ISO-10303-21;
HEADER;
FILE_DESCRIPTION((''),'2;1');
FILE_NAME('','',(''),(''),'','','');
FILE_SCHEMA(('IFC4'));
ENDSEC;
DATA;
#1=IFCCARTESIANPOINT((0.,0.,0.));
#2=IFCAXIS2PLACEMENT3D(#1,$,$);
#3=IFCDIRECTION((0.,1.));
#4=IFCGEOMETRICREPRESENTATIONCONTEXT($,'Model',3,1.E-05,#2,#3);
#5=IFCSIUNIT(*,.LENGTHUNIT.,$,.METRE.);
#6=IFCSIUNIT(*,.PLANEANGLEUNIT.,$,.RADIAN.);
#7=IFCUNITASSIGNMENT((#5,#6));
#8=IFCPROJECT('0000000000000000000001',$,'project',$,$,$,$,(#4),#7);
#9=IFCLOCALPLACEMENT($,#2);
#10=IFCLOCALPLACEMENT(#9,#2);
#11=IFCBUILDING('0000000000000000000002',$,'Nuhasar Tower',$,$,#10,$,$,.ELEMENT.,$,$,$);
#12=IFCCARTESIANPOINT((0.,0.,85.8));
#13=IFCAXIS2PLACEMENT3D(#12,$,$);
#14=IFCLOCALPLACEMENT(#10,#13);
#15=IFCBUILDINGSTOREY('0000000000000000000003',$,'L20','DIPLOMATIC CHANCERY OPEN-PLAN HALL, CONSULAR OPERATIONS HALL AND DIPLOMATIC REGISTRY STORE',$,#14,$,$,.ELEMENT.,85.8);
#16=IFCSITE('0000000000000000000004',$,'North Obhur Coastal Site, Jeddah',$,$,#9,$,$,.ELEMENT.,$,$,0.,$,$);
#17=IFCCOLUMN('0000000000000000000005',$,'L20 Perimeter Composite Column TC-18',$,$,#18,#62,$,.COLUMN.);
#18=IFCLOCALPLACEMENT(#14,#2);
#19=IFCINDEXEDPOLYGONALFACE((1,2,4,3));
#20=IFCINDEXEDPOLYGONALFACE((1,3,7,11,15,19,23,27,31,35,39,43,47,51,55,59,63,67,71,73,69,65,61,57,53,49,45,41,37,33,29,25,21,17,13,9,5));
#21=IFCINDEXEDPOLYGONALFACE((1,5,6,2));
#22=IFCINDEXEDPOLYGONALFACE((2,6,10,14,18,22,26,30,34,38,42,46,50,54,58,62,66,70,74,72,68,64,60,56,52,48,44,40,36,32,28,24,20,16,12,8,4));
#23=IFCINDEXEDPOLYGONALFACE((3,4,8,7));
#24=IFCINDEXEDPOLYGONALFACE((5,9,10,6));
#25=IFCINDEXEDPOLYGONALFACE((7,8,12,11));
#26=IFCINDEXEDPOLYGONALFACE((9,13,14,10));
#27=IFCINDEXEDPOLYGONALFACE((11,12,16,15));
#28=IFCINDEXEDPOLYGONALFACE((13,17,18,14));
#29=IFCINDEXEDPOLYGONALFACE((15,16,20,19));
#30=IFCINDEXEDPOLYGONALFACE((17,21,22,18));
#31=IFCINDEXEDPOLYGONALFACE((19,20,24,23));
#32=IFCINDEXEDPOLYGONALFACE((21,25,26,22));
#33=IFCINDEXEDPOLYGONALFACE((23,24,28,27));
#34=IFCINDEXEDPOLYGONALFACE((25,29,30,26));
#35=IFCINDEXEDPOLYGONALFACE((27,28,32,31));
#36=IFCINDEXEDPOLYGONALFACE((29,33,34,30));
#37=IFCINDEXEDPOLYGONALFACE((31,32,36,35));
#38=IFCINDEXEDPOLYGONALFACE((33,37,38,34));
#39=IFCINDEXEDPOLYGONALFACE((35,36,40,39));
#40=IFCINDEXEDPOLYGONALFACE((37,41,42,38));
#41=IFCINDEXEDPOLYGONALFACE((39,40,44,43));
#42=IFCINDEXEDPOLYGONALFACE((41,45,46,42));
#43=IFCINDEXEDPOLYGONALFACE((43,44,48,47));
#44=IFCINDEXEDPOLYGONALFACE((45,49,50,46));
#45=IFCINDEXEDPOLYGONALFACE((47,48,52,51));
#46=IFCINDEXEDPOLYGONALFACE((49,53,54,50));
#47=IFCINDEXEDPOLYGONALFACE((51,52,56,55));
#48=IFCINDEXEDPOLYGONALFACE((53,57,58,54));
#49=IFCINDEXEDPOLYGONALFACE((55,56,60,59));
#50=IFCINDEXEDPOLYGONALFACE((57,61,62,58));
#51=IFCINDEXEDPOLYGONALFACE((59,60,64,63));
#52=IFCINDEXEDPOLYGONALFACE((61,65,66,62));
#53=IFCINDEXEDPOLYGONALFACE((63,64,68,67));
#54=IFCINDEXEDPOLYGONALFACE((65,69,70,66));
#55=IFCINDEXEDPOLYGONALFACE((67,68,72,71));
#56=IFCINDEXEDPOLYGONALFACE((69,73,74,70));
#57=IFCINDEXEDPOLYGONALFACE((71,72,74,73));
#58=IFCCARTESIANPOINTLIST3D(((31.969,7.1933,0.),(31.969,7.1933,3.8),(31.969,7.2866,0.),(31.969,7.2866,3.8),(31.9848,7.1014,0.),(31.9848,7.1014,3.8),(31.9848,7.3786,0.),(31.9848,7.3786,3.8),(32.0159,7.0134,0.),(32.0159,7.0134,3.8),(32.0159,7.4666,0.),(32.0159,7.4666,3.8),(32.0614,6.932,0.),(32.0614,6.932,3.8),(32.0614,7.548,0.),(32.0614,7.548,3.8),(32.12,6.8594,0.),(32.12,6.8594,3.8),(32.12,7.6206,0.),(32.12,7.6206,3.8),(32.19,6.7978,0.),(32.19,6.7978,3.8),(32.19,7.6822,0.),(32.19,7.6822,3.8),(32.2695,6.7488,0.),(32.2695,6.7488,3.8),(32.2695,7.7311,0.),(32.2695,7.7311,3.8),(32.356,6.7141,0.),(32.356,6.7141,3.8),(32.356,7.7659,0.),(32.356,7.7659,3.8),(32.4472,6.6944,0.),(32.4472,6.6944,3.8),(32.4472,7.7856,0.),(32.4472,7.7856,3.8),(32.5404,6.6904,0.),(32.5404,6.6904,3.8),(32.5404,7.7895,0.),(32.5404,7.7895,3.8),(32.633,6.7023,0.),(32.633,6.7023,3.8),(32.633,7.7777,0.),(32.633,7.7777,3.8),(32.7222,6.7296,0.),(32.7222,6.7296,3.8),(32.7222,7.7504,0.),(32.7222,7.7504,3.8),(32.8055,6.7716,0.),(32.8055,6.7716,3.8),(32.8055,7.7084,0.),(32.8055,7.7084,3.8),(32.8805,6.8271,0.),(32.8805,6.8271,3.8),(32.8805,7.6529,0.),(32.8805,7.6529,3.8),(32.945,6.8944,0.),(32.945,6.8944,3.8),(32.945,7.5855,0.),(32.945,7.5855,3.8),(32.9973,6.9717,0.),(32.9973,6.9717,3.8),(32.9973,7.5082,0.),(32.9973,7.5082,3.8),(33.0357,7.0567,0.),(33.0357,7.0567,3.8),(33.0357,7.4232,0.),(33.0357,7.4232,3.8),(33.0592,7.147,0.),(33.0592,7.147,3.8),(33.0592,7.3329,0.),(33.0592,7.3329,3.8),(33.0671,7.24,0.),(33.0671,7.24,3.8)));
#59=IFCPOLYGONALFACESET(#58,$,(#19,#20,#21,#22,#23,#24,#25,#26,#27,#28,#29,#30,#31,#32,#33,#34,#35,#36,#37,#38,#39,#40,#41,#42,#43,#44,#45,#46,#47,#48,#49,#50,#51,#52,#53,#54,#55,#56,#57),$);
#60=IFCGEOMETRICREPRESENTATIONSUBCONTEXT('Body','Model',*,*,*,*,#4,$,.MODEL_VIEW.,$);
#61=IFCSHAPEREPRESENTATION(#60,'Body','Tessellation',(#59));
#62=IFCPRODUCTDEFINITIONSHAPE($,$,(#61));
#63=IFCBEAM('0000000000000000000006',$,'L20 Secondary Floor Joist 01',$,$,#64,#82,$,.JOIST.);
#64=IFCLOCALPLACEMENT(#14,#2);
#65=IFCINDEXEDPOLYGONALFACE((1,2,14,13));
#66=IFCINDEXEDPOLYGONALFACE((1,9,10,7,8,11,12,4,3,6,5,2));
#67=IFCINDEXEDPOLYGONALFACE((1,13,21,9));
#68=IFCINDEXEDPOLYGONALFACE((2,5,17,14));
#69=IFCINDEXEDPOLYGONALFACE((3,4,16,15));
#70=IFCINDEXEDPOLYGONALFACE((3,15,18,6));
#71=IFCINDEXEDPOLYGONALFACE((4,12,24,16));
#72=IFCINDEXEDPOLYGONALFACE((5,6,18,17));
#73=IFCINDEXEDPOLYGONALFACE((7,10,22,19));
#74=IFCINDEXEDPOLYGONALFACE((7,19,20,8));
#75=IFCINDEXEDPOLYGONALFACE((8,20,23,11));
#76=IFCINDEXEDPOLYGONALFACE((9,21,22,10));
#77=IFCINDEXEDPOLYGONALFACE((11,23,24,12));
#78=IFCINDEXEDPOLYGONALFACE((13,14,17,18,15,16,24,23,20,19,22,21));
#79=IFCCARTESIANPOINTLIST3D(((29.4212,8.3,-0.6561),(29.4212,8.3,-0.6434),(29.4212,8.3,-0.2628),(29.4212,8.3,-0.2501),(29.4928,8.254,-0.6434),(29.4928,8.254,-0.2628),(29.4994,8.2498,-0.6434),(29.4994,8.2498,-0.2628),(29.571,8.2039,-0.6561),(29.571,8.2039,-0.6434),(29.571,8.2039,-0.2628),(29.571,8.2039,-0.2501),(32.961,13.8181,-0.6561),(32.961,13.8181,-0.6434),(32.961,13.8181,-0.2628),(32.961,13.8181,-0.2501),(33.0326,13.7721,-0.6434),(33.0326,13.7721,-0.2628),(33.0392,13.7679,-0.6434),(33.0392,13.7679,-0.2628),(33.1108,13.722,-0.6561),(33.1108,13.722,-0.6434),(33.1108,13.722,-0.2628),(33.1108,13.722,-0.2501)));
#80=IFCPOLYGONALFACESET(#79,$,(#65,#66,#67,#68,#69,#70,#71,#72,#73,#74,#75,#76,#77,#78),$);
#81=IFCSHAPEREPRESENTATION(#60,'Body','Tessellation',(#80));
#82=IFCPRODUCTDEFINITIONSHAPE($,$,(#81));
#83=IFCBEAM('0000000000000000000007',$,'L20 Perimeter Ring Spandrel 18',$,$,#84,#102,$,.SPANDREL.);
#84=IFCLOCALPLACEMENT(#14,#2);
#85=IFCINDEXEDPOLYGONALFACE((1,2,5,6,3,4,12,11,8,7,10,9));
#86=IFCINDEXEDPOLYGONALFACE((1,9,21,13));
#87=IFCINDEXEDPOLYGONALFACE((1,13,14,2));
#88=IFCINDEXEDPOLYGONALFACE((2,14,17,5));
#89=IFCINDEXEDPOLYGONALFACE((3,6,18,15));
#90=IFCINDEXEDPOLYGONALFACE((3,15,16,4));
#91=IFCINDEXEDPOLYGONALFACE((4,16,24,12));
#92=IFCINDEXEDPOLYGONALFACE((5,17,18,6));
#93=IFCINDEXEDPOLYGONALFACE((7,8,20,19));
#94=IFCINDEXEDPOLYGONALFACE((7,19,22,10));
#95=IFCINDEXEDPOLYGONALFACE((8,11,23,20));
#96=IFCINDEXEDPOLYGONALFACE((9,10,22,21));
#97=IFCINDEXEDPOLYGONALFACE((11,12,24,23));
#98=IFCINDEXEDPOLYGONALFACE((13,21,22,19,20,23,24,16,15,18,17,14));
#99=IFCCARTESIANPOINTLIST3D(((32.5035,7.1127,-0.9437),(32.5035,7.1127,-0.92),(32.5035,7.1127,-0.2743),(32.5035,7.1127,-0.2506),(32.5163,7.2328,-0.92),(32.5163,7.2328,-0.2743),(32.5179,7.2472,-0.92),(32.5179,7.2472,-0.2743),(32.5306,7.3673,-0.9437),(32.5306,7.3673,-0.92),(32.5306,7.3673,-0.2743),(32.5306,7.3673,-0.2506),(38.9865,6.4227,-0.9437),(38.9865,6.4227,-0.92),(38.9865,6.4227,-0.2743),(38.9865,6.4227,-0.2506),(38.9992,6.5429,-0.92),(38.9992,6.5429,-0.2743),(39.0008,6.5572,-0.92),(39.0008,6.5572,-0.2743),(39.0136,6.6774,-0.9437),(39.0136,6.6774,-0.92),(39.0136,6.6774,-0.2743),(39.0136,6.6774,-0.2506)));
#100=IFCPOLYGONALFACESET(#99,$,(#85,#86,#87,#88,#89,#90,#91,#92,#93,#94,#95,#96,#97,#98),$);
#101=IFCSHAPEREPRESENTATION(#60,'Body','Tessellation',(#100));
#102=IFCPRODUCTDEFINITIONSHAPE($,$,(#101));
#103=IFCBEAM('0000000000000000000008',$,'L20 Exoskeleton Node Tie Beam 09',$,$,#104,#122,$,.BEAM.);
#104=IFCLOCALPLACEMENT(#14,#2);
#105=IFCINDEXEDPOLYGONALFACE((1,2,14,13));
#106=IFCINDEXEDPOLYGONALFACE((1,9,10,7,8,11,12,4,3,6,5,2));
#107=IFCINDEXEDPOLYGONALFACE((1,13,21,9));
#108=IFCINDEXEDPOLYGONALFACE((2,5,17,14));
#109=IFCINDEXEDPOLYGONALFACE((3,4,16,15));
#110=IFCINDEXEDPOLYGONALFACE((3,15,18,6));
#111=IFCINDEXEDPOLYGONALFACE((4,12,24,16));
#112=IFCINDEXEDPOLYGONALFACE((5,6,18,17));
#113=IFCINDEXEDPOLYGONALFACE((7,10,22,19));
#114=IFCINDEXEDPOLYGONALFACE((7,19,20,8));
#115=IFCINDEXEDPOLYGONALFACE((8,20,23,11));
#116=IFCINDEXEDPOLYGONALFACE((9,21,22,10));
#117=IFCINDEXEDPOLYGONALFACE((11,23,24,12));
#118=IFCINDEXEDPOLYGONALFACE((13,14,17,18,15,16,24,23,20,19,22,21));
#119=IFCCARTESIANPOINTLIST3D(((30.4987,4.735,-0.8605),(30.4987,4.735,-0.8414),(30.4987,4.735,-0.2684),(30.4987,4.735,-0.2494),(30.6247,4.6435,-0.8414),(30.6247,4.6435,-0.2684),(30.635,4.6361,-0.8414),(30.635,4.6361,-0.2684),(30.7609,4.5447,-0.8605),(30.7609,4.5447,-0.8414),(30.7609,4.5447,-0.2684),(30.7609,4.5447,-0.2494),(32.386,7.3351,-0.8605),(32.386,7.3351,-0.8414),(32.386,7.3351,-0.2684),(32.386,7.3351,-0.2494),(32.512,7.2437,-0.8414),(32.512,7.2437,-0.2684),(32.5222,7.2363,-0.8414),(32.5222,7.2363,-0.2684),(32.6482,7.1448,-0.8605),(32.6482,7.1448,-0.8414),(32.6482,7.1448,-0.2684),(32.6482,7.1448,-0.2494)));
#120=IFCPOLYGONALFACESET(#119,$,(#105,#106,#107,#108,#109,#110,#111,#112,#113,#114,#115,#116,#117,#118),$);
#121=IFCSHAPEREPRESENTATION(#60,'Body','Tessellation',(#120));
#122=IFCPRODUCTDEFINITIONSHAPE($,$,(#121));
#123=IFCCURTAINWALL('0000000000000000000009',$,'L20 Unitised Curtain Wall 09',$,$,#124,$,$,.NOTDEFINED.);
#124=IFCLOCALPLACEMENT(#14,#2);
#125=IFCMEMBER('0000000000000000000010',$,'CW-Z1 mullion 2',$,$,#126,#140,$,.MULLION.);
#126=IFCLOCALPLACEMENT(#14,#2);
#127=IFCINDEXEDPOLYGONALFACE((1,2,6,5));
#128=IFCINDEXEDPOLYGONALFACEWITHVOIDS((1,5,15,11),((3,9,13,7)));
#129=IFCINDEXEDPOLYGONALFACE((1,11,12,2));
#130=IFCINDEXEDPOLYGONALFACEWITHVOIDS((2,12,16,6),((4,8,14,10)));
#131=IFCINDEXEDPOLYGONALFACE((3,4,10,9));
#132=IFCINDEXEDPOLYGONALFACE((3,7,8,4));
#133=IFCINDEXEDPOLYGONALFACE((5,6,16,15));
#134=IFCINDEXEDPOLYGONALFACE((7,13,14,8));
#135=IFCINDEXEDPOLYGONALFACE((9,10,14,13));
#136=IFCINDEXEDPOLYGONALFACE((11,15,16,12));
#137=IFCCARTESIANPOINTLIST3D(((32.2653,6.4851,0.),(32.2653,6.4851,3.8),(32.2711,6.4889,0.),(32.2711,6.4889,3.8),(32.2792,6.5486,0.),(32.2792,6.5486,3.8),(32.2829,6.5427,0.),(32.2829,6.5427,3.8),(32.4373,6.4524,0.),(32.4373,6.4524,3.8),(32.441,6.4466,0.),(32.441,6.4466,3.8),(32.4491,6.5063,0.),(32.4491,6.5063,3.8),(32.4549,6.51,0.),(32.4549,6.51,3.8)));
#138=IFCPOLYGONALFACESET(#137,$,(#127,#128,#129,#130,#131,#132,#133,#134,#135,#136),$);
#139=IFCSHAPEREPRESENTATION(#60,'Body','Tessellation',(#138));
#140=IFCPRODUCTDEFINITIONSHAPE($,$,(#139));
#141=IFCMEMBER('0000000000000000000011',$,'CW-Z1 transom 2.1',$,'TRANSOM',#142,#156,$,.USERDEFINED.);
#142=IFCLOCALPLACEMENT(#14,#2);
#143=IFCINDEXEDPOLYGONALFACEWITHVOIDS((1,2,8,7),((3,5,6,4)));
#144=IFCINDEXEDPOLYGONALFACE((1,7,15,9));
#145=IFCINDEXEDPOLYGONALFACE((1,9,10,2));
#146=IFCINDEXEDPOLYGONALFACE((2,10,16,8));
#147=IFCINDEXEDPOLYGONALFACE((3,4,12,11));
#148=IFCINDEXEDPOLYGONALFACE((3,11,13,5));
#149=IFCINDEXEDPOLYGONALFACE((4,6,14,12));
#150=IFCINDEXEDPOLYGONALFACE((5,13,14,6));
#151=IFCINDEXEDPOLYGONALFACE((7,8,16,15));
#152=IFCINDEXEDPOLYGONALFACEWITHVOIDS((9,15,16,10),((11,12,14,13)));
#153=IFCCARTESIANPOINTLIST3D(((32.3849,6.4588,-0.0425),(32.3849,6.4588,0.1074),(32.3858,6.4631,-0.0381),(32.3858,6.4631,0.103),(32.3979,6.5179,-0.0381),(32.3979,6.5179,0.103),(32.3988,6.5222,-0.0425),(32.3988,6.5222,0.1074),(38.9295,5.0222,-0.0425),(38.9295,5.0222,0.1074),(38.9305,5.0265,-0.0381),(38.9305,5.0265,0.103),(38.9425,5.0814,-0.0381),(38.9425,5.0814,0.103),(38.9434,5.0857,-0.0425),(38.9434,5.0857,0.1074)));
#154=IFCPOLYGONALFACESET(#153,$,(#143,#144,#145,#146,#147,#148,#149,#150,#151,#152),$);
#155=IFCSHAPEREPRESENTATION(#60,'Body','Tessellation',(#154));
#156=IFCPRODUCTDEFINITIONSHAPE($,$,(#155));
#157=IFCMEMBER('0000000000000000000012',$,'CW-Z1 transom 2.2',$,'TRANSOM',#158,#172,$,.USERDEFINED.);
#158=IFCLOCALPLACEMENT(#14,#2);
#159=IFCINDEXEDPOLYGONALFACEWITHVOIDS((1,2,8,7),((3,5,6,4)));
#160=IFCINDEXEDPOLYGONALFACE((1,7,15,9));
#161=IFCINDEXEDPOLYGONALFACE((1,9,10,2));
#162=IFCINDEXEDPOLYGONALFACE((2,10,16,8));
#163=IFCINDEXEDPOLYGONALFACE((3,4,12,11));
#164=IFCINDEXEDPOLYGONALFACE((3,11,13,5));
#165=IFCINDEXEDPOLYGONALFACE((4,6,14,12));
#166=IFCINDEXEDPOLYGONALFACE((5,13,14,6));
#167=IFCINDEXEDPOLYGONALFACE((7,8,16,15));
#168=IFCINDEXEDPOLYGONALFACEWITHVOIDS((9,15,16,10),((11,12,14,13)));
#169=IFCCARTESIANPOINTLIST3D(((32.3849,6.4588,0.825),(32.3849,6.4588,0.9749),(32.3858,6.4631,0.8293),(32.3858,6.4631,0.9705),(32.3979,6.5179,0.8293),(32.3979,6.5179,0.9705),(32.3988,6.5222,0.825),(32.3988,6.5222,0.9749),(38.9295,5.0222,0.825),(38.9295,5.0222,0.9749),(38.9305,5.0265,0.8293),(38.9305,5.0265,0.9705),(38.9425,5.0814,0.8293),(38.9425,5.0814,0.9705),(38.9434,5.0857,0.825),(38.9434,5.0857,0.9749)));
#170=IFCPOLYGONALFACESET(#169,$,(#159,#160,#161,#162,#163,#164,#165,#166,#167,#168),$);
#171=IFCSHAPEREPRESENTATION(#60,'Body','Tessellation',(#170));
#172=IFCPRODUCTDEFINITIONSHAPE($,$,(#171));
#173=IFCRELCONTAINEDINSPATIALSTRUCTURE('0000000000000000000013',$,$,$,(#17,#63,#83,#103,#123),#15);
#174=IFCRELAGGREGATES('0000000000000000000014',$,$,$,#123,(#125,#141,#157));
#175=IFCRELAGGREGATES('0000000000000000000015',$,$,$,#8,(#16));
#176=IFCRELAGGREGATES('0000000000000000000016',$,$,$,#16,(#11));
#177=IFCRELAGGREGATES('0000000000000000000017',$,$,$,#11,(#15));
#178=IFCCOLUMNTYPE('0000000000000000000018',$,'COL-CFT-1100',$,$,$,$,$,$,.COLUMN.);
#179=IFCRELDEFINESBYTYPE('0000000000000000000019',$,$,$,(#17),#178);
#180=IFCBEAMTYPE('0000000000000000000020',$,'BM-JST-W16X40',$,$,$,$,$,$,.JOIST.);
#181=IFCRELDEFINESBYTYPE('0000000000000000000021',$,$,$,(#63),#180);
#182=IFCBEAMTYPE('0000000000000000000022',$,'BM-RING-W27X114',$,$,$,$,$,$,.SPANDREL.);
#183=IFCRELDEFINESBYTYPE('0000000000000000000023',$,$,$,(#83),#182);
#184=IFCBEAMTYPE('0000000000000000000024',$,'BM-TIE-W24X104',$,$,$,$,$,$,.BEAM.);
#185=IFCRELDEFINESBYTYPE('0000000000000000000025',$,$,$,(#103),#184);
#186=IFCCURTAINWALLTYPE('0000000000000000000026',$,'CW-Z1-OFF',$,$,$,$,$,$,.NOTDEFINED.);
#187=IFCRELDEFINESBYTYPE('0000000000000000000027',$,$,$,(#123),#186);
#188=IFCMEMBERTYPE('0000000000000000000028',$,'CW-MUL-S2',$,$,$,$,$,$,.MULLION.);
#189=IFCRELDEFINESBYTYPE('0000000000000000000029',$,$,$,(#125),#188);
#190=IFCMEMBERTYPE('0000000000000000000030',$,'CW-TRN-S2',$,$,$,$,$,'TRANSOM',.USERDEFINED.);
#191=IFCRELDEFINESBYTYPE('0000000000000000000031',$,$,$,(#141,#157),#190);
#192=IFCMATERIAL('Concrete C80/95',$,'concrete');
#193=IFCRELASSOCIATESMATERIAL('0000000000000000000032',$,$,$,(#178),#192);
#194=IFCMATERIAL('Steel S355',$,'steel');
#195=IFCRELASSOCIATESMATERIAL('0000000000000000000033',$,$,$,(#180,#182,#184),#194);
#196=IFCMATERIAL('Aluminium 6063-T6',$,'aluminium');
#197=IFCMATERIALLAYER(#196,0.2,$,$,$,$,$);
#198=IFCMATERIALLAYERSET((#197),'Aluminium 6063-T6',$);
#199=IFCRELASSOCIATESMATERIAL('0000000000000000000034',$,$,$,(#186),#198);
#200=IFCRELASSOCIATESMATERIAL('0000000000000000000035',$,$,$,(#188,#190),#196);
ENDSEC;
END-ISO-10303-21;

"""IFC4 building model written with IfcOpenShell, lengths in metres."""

from ifc_helpers import new_model, si_unit, direction, frame, origin, origin_2d, place, context, subcontext, project, spatial, hollow_rectangle, circle, i_section, extrude, material, layer, layer_set, material_profile, profile_set, type_object, element, aggregate, save


model = new_model("IFC4")

# Units and contexts
model_context = context("Model", 3, precision=1e-05, world=origin(), true_north=direction((0.0, 1.0)))
body_context = subcontext(model_context, "Body", "Model", "MODEL_VIEW")
ifc_project = project(units=[si_unit("LENGTHUNIT", "METRE"), si_unit("PLANEANGLEUNIT", "RADIAN")], contexts=[model_context])

# Site, building, storey
site_placement = place(None, origin())
site = spatial("IfcSite", under=ifc_project, at=site_placement, Name="North Obhur Coastal Site, Jeddah", CompositionType="ELEMENT", RefElevation=0.0)
building_placement = place(site_placement, origin())
building = spatial("IfcBuilding", under=site, at=building_placement, Name="Nuhasar Tower", CompositionType="ELEMENT")
storey_placement = place(building_placement, frame((0.0, 0.0, 85.8)))
storey = spatial("IfcBuildingStorey", under=building, at=storey_placement, Name="L20", Description="DIPLOMATIC CHANCERY OPEN-PLAN HALL, CONSULAR OPERATIONS HALL AND DIPLOMATIC REGISTRY STORE", CompositionType="ELEMENT", Elevation=85.8)

# Column
ifc_material_1 = material(Name="Concrete C80/95", Category="concrete")
ifc_material_profile_1 = material_profile(ifc_material_1, circle(Radius=0.55, at=origin_2d()), Name="CFT1100")
ifc_profile_set_1 = profile_set([ifc_material_profile_1], Name="Concrete C80/95")
column_type = type_object("IfcColumnType", Name="COL-CFT-1100", PredefinedType="COLUMN", material=ifc_profile_set_1)
column_placement = place(storey_placement, frame((32.5171, 7.24, 0.0), z_axis=(0.0, 0.0, 1.0), x_axis=(1.0, 0.0, 0.0)))
element("IfcColumn", 1, at=column_placement, inside=storey, type_object=column_type, Name="L20 Perimeter Composite Column TC-18", PredefinedType="COLUMN", context=body_context, shape_type="SweptSolid", body=[
    extrude(circle(Radius=0.55, at=origin_2d()), origin(), (0.0, 0.0, 1.0), 3.8),
])

# Beams
ifc_material_2 = material(Name="Steel S355", Category="steel")
ifc_material_profile_2 = material_profile(ifc_material_2, i_section(OverallWidth=0.178, OverallDepth=0.406, WebThickness=0.0078, FlangeThickness=0.0127, at=origin_2d()), Name="W16X40")
ifc_profile_set_2 = profile_set([ifc_material_profile_2], Name="Steel S355")
beam_type_1 = type_object("IfcBeamType", Name="BM-JST-W16X40", PredefinedType="JOIST", material=ifc_profile_set_2)
beam_1_placement = place(storey_placement, frame((33.0359, 13.77, -0.4531), z_axis=(-0.539944, -0.841701, 0.0), x_axis=(0.841701, -0.539944, 0.0)))
element("IfcBeam", 2, at=beam_1_placement, inside=storey, type_object=beam_type_1, Name="L20 Secondary Floor Joist 01", PredefinedType="JOIST", context=body_context, shape_type="SweptSolid", body=[
    extrude(i_section(OverallWidth=0.178, OverallDepth=0.406, WebThickness=0.0078, FlangeThickness=0.0127, at=origin_2d()), origin(), (0.0, 0.0, 1.0), 6.5559),
])
ifc_material_profile_3 = material_profile(ifc_material_2, i_section(OverallWidth=0.2561, OverallDepth=0.6931, WebThickness=0.0144, FlangeThickness=0.0237, at=origin_2d()), Name="W27X114")
ifc_profile_set_3 = profile_set([ifc_material_profile_3], Name="Steel S355")
beam_type_2 = type_object("IfcBeamType", Name="BM-RING-W27X114", PredefinedType="SPANDREL", material=ifc_profile_set_3)
beam_2_placement = place(storey_placement, frame((32.5171, 7.24, -0.5972), z_axis=(0.994385, -0.105827, 0.0), x_axis=(0.105827, 0.994385, 0.0)))
element("IfcBeam", 3, at=beam_2_placement, inside=storey, type_object=beam_type_2, Name="L20 Perimeter Ring Spandrel 18", PredefinedType="SPANDREL", context=body_context, shape_type="SweptSolid", body=[
    extrude(i_section(OverallWidth=0.2561, OverallDepth=0.6931, WebThickness=0.0144, FlangeThickness=0.0237, at=origin_2d()), origin(), (0.0, 0.0, 1.0), 6.5195),
])
ifc_material_profile_4 = material_profile(ifc_material_2, i_section(OverallWidth=0.324, OverallDepth=0.6111, WebThickness=0.0127, FlangeThickness=0.019, at=origin_2d()), Name="W24X104")
ifc_profile_set_4 = profile_set([ifc_material_profile_4], Name="Steel S355")
beam_type_3 = type_object("IfcBeamType", Name="BM-TIE-W24X104", PredefinedType="BEAM", material=ifc_profile_set_4)
beam_3_placement = place(storey_placement, frame((32.5171, 7.24, -0.5549), z_axis=(-0.587403, -0.809294, 0.0), x_axis=(0.809294, -0.587403, 0.0)))
element("IfcBeam", 4, at=beam_3_placement, inside=storey, type_object=beam_type_3, Name="L20 Exoskeleton Node Tie Beam 09", PredefinedType="BEAM", context=body_context, shape_type="SweptSolid", body=[
    extrude(i_section(OverallWidth=0.324, OverallDepth=0.6111, WebThickness=0.0127, FlangeThickness=0.019, at=origin_2d()), origin(), (0.0, 0.0, 1.0), 3.2129),
])

# Curtain wall, members
ifc_material_3 = material(Name="Aluminium 6063-T6", Category="aluminium")
ifc_layer_1 = layer(ifc_material_3, 0.2)
ifc_layer_set_1 = layer_set([ifc_layer_1], Name="Aluminium 6063-T6")
curtain_wall_type = type_object("IfcCurtainWallType", Name="CW-Z1-OFF", PredefinedType="NOTDEFINED", material=ifc_layer_set_1)
curtain_wall_placement = place(storey_placement, origin())
curtain_wall = element("IfcCurtainWall", 5, at=curtain_wall_placement, inside=storey, type_object=curtain_wall_type, Name="L20 Unitised Curtain Wall 09", PredefinedType="NOTDEFINED")
ifc_material_profile_5 = material_profile(ifc_material_3, hollow_rectangle(XDim=0.0649, YDim=0.1799, WallThickness=0.0049, at=origin_2d()), Name="CWM-2")
ifc_profile_set_5 = profile_set([ifc_material_profile_5], Name="Aluminium 6063-T6")
member_type_1 = type_object("IfcMemberType", Name="CW-MUL-S2", PredefinedType="MULLION", material=ifc_profile_set_5)
member_1_placement = place(storey_placement, frame((32.3601, 6.4976, 0.0), z_axis=(0.0, 0.0, 1.0), x_axis=(0.214399, 0.976746, 0.0)))
member_1 = element("IfcMember", 6, at=member_1_placement, type_object=member_type_1, Name="CW-Z1 mullion 2", PredefinedType="MULLION", context=body_context, shape_type="SweptSolid", body=[
    extrude(hollow_rectangle(XDim=0.0649, YDim=0.1799, WallThickness=0.0049, at=origin_2d()), origin(), (0.0, 0.0, 1.0), 3.8),
])
ifc_material_profile_6 = material_profile(ifc_material_3, hollow_rectangle(XDim=0.0649, YDim=0.1499, WallThickness=0.0044, at=origin_2d()), Name="CWT-2")
ifc_profile_set_6 = profile_set([ifc_material_profile_6], Name="Aluminium 6063-T6")
member_type_2 = type_object("IfcMemberType", Name="CW-TRN-S2", ElementType="TRANSOM", PredefinedType="USERDEFINED", material=ifc_profile_set_6)
member_2_placement = place(storey_placement, frame((32.3918, 6.4905, 0.0325), z_axis=(0.976748, -0.214391, 0.0), x_axis=(0.214391, 0.976748, 0.0)))
member_2 = element("IfcMember", 7, at=member_2_placement, type_object=member_type_2, Name="CW-Z1 transom 2.1", ObjectType="TRANSOM", PredefinedType="USERDEFINED", context=body_context, shape_type="SweptSolid", body=[
    extrude(hollow_rectangle(XDim=0.0649, YDim=0.1499, WallThickness=0.0044, at=origin_2d()), origin(), (0.0, 0.0, 1.0), 6.7004),
])
member_3_placement = place(storey_placement, frame((32.3918, 6.4905, 0.8999), z_axis=(0.976748, -0.214391, 0.0), x_axis=(0.214391, 0.976748, 0.0)))
member_3 = element("IfcMember", 8, at=member_3_placement, type_object=member_type_2, Name="CW-Z1 transom 2.2", ObjectType="TRANSOM", PredefinedType="USERDEFINED", context=body_context, shape_type="SweptSolid", body=[
    extrude(hollow_rectangle(XDim=0.0649, YDim=0.1499, WallThickness=0.0044, at=origin_2d()), origin(), (0.0, 0.0, 1.0), 6.7004),
])

aggregate(curtain_wall, [member_1, member_2, member_3])

save(model, "model.ifc")
